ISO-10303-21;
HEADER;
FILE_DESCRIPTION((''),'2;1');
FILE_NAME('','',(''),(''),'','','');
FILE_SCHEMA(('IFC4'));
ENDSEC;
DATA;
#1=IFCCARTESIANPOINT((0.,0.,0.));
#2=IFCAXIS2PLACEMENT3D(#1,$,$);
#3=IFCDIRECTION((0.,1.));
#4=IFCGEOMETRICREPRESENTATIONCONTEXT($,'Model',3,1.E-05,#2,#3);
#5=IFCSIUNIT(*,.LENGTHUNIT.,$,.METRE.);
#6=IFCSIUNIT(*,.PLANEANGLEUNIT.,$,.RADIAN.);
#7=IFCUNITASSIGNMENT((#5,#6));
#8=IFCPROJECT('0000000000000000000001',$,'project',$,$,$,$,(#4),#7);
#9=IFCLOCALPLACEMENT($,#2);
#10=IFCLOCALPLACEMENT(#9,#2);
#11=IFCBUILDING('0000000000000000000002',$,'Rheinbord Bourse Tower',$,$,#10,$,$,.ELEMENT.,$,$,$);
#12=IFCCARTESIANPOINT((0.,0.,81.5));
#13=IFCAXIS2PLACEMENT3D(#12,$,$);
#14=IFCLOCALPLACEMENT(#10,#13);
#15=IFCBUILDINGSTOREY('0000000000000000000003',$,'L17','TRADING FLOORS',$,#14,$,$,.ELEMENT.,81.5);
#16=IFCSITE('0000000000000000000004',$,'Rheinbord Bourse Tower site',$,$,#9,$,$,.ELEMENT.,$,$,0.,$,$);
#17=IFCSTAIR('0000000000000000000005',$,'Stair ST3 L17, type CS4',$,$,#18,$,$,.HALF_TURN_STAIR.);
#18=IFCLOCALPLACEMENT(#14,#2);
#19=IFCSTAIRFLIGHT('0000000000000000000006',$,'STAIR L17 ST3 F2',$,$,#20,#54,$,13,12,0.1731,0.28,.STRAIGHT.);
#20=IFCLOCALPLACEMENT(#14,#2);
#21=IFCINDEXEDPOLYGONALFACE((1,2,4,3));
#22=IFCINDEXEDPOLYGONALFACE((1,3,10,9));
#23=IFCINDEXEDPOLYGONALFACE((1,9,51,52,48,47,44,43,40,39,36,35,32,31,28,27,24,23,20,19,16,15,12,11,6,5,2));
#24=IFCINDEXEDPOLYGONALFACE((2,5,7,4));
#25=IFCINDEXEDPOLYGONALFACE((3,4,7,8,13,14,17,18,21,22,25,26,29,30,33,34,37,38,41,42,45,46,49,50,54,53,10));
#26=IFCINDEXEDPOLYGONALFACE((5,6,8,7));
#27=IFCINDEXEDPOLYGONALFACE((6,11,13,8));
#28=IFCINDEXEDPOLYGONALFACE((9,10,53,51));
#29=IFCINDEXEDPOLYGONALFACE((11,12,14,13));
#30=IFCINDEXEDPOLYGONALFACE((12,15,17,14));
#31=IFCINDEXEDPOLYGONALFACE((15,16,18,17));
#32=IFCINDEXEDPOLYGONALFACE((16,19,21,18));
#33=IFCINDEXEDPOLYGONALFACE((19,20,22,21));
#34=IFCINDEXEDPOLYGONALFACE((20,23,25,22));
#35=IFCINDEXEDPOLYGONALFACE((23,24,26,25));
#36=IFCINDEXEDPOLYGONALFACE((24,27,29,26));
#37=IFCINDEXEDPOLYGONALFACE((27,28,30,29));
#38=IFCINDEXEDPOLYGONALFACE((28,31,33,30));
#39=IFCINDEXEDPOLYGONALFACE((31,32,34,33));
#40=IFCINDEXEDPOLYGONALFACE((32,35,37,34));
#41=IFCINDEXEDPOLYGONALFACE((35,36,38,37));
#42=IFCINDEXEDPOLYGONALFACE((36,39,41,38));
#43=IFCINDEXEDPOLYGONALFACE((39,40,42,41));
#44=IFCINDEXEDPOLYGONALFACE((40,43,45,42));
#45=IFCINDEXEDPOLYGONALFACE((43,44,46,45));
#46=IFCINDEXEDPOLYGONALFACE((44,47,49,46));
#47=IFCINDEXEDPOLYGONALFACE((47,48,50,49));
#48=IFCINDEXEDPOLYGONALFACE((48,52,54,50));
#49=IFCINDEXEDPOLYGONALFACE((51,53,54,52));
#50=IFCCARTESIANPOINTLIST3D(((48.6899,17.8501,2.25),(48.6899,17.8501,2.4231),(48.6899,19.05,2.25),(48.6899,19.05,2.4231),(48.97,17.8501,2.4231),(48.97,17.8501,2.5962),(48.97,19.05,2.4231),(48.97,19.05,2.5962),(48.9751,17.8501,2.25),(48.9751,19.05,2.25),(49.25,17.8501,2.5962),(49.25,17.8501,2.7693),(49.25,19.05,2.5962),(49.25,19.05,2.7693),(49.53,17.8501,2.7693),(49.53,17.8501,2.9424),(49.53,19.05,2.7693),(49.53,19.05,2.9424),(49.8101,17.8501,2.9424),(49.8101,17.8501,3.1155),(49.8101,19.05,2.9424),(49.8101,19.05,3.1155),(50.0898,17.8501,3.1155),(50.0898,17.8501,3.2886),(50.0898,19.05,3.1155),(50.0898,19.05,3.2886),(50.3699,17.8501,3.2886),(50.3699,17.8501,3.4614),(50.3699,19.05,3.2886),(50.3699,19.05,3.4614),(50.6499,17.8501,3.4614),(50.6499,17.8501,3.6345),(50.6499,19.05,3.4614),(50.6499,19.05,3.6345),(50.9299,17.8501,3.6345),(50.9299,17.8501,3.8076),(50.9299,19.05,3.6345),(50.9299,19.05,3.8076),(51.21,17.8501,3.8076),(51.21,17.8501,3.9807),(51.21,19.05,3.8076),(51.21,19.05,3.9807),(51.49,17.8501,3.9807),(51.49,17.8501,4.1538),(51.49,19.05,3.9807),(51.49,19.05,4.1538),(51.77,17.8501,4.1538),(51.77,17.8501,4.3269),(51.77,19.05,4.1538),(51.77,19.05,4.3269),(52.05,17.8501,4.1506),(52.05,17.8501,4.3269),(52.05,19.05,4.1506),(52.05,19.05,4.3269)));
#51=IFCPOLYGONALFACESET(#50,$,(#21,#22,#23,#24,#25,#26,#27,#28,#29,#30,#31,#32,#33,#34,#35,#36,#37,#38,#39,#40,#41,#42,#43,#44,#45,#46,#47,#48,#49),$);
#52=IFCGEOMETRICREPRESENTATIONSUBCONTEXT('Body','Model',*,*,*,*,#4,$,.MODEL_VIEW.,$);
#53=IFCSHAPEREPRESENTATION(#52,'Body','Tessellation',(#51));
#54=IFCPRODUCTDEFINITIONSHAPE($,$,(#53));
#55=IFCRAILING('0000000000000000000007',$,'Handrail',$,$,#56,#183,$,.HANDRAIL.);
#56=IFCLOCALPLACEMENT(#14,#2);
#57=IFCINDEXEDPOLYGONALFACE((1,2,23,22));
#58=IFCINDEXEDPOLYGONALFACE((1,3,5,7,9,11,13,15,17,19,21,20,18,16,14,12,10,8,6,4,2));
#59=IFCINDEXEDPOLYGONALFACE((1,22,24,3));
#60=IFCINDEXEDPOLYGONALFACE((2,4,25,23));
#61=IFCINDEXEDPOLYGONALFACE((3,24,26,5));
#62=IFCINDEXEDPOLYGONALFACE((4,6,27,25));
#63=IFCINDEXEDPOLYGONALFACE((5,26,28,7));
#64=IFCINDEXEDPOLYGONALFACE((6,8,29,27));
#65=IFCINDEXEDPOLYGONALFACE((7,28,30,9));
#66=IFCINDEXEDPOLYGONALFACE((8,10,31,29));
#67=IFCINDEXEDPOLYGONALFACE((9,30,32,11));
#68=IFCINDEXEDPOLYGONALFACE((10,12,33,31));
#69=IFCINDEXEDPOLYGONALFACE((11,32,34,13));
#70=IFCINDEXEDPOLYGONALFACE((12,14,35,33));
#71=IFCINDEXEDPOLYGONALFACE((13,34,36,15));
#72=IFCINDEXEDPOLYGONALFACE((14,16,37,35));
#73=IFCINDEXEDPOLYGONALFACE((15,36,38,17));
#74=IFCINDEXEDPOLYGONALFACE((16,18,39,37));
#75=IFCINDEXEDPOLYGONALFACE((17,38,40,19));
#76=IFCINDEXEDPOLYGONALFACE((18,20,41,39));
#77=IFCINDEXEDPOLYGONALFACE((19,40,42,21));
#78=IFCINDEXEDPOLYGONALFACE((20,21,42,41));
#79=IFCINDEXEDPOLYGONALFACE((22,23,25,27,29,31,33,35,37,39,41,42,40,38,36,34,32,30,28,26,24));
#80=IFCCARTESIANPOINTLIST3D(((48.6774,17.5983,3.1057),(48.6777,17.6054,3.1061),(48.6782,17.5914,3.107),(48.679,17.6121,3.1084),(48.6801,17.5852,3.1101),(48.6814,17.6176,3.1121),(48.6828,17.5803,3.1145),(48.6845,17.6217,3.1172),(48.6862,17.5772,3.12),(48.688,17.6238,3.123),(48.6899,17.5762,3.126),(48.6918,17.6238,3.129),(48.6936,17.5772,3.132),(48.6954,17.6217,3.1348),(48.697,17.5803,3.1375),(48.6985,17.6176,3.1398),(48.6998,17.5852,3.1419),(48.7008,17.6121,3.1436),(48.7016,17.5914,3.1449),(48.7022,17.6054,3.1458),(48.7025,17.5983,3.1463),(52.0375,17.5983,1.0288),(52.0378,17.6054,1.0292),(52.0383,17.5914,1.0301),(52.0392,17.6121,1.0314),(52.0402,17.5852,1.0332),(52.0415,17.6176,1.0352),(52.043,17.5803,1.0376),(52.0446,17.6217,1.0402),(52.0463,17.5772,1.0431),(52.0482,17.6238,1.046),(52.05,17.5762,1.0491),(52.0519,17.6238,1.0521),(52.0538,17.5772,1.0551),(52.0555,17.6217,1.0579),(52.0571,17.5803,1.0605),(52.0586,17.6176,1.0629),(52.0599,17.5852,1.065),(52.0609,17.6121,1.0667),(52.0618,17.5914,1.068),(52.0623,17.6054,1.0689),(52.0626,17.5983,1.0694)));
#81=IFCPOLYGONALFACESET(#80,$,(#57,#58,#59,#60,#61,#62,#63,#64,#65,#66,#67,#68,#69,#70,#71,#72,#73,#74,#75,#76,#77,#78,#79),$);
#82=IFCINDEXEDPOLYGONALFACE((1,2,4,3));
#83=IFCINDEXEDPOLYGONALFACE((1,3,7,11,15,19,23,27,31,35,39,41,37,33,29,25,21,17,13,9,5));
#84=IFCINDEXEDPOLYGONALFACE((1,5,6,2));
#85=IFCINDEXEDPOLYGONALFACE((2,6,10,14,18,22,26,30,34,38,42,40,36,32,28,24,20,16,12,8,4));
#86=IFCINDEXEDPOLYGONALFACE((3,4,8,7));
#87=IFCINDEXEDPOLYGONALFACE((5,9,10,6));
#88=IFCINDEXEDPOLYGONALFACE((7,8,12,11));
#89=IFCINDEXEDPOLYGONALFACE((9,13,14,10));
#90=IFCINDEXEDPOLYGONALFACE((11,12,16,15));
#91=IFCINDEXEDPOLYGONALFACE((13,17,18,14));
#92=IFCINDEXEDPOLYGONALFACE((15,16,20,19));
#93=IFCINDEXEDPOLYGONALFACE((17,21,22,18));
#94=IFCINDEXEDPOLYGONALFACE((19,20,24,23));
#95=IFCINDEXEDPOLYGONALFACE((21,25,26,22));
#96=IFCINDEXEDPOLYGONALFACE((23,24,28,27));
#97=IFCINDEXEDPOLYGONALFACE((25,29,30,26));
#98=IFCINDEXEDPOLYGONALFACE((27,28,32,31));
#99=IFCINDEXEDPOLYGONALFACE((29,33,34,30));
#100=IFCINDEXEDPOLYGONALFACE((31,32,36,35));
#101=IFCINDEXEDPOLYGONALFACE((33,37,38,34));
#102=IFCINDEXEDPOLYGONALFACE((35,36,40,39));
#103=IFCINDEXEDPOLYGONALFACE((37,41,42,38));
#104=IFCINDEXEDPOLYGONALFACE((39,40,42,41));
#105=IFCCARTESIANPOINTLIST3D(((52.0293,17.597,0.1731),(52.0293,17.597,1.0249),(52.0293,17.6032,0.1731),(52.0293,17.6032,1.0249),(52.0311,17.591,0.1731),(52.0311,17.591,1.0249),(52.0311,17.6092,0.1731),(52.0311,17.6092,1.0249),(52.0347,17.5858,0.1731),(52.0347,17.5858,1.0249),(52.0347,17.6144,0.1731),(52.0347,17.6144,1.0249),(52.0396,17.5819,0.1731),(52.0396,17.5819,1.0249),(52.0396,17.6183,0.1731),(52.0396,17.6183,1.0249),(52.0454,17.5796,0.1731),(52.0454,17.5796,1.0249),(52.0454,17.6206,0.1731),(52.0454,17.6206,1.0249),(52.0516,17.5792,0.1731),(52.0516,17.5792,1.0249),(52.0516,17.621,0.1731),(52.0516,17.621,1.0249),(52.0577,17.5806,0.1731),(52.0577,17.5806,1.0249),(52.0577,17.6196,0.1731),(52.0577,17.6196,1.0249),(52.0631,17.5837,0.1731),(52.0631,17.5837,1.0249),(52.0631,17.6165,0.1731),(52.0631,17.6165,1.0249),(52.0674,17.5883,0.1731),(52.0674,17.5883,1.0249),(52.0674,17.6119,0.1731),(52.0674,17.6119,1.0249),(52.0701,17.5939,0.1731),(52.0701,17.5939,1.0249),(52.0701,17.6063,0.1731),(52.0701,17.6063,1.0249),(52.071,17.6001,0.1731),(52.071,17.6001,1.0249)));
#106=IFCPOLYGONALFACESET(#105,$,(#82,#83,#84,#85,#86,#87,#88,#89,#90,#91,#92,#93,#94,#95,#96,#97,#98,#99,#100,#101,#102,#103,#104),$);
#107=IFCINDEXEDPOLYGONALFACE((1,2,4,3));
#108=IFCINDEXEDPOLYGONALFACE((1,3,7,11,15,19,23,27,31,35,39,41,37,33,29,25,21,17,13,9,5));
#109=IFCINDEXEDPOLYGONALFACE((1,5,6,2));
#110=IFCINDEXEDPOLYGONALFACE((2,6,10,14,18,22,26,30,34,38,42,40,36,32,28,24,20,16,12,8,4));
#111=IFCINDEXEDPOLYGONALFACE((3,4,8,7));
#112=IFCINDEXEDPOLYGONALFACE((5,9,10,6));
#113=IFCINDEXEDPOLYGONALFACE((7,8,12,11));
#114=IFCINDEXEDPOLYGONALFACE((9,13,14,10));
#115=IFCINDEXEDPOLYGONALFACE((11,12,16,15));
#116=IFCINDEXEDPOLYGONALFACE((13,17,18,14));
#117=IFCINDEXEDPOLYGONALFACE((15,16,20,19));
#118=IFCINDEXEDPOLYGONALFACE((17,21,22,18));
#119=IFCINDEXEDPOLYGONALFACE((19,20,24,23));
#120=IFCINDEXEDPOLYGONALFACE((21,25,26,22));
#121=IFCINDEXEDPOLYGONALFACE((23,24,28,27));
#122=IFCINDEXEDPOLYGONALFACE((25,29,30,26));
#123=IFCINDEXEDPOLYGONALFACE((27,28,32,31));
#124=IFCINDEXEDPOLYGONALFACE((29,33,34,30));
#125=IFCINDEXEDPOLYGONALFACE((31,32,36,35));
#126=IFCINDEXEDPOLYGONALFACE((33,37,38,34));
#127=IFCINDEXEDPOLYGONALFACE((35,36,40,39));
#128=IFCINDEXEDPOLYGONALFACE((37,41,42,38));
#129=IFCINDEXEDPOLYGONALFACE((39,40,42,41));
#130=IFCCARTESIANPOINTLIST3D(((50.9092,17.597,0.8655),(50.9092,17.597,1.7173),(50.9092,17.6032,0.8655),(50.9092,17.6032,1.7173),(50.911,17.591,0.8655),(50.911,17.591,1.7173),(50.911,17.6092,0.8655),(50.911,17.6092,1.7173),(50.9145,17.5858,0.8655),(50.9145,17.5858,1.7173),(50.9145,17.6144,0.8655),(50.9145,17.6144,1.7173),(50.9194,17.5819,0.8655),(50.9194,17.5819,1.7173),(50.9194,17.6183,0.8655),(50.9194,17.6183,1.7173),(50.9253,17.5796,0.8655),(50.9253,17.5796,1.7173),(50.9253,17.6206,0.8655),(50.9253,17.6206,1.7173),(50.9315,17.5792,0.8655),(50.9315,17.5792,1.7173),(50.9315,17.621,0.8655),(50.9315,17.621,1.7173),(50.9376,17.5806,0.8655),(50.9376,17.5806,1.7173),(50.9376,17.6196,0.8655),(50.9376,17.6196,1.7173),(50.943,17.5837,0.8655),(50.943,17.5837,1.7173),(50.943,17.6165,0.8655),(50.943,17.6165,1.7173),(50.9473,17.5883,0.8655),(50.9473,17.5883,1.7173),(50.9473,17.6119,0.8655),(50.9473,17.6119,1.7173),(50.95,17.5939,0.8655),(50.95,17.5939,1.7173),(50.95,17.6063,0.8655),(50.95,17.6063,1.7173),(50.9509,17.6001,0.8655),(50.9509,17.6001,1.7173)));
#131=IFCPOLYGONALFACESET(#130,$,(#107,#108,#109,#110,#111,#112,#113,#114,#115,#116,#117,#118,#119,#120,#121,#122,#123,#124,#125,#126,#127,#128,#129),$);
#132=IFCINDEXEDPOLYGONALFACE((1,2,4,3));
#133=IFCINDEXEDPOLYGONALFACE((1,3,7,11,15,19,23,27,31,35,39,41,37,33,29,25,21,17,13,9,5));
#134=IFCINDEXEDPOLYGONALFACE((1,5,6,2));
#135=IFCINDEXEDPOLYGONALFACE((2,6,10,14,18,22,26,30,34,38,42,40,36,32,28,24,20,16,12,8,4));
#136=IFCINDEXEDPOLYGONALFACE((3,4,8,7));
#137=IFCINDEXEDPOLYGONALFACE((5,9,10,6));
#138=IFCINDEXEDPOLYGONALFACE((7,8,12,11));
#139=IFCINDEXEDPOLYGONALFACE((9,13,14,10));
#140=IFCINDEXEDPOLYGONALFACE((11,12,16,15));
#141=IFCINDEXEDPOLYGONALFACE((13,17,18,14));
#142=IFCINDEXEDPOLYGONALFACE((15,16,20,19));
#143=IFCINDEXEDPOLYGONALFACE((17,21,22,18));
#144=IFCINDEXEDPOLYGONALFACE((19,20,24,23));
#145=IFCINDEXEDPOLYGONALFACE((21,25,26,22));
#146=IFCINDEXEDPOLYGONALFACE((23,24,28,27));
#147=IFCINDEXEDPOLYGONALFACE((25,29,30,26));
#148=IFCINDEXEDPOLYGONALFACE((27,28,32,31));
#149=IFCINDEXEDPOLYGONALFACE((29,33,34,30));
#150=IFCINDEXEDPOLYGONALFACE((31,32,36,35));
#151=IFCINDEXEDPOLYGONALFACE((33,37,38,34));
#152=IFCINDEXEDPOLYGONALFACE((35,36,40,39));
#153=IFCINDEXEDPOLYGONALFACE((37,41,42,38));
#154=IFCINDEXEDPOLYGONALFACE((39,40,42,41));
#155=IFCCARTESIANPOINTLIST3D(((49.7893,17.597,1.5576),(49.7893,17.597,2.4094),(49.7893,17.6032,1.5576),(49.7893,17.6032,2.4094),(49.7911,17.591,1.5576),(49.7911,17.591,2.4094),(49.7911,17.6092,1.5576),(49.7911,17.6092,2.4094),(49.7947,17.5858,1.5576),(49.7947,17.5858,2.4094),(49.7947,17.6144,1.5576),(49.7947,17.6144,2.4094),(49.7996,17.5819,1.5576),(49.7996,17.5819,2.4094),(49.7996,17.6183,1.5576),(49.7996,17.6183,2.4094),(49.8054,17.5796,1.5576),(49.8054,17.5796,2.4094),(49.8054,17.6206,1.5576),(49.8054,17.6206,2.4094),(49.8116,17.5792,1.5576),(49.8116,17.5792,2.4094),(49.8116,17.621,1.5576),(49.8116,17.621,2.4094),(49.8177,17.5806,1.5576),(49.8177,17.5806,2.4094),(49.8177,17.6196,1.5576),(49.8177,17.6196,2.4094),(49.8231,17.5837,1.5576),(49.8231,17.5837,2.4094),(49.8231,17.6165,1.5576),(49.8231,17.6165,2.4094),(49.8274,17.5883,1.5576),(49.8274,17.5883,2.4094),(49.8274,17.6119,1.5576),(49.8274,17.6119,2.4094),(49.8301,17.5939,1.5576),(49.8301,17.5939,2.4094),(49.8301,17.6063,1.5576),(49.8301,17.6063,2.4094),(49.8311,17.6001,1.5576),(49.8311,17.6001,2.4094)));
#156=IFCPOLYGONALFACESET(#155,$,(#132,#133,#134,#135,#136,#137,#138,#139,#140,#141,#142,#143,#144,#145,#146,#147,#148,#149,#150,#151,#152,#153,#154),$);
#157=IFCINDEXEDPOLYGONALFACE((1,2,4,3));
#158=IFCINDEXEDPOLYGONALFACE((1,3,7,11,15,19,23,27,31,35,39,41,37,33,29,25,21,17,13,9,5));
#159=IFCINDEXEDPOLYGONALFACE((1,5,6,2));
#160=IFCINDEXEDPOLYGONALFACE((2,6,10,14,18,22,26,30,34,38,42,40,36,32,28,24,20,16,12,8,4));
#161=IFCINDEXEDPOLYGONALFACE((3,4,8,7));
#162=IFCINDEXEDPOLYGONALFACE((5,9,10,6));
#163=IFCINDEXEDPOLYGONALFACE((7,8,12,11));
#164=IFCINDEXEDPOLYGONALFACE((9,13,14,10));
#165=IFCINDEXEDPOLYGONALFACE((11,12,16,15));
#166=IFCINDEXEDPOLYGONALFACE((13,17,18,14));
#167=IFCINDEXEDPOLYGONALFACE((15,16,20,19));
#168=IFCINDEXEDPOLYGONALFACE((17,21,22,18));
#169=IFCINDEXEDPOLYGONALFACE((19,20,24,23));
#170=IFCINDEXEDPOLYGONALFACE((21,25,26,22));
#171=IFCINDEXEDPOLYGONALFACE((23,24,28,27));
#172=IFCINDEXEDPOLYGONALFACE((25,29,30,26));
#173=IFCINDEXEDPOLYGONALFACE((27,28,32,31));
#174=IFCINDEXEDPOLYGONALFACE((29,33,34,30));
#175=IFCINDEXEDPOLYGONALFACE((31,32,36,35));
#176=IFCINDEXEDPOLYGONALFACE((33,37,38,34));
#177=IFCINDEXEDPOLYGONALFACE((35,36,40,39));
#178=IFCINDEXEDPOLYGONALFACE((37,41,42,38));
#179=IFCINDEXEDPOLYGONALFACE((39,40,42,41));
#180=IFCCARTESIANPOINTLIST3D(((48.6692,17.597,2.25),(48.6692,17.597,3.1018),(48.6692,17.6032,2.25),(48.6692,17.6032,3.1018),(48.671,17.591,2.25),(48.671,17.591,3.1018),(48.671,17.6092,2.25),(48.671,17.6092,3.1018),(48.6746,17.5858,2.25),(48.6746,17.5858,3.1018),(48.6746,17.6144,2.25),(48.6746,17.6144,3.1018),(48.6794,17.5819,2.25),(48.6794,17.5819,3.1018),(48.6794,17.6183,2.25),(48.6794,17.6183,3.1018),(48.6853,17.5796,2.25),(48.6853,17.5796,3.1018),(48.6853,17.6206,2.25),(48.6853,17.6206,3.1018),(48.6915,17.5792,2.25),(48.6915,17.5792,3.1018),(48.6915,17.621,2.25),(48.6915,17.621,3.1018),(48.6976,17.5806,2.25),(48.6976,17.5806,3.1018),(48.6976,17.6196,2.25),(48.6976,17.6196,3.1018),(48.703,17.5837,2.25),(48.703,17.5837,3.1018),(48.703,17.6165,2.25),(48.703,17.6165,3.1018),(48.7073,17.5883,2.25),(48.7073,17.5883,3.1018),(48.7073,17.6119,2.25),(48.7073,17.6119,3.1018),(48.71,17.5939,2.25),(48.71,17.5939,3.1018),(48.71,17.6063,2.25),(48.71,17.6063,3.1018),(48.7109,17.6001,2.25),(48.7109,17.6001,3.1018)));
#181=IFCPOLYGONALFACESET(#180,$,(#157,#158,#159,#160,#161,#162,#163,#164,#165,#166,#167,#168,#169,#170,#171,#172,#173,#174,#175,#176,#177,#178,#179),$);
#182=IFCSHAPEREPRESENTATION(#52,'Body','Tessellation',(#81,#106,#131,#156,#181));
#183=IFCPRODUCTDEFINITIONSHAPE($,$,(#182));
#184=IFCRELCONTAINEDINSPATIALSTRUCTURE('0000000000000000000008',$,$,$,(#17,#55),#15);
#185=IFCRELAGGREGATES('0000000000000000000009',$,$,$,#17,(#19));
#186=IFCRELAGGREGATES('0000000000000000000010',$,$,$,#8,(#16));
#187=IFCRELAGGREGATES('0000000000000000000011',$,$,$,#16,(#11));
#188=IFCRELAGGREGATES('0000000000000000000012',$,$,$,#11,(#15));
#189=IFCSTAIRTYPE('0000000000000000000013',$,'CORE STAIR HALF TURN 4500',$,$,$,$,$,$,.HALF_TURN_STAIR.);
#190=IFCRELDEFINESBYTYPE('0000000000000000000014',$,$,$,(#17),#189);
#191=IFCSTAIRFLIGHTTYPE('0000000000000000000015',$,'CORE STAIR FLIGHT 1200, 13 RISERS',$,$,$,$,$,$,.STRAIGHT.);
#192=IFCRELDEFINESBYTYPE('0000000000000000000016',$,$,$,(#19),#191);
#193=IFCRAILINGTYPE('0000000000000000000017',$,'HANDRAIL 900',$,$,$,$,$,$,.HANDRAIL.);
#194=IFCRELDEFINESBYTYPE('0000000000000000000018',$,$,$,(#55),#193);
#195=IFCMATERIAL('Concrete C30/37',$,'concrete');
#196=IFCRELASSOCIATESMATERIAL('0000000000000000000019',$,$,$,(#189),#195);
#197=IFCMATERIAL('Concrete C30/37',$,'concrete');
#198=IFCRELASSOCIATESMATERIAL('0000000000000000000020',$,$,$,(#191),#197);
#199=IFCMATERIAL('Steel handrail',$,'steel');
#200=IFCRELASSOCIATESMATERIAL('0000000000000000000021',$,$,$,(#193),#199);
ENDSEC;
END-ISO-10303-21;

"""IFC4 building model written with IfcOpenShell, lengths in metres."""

from ifc_helpers import new_model, si_unit, direction, frame, origin, origin_2d, place, context, subcontext, project, spatial, polyline, circle, outline, extrude, material, type_object, element, aggregate, save


model = new_model("IFC4")

# Units and contexts
model_context = context("Model", 3, precision=1e-05, world=origin(), true_north=direction((0.0, 1.0)))
body_context = subcontext(model_context, "Body", "Model", "MODEL_VIEW")
ifc_project = project(units=[si_unit("LENGTHUNIT", "METRE"), si_unit("PLANEANGLEUNIT", "RADIAN")], contexts=[model_context])

# Site, building, storey
site_placement = place(None, origin())
site = spatial("IfcSite", under=ifc_project, at=site_placement, Name="Rheinbord Bourse Tower site", CompositionType="ELEMENT", RefElevation=0.0)
building_placement = place(site_placement, origin())
building = spatial("IfcBuilding", under=site, at=building_placement, Name="Rheinbord Bourse Tower", CompositionType="ELEMENT")
storey_placement = place(building_placement, frame((0.0, 0.0, 81.5)))
storey = spatial("IfcBuildingStorey", under=building, at=storey_placement, Name="L17", Description="TRADING FLOORS", CompositionType="ELEMENT", Elevation=81.5)

# Stair, stair flight
ifc_material_1 = material(Name="Concrete C30/37", Category="concrete")
stair_type = type_object("IfcStairType", Name="CORE STAIR HALF TURN 4500", PredefinedType="HALF_TURN_STAIR", material=ifc_material_1)
stair_placement = place(storey_placement, origin())
stair = element("IfcStair", 1, at=stair_placement, inside=storey, type_object=stair_type, Name="Stair ST3 L17, type CS4", PredefinedType="HALF_TURN_STAIR")
ifc_material_2 = material(Name="Concrete C30/37", Category="concrete")
stair_flight_type = type_object("IfcStairFlightType", Name="CORE STAIR FLIGHT 1200, 13 RISERS", PredefinedType="STRAIGHT", material=ifc_material_2)
stair_flight_1_placement = place(storey_placement, frame((48.6899, 18.45, 2.25), z_axis=(0.0, 0.0, 1.0), x_axis=(1.0, 0.0, 0.0)))
stair_flight_1 = element("IfcStairFlight", 2, at=stair_flight_1_placement, type_object=stair_flight_type, Name="STAIR L17 ST3 F2", NumberOfRisers=13, NumberOfTreads=12, PredefinedType="STRAIGHT", RiserHeight=0.1731, TreadLength=0.28, context=body_context, shape_type="SweptSolid", body=[
    extrude(outline(polyline([(0.0, 0.0), (0.0, 0.1731), (0.28, 0.1731), (0.28, 0.3462), (0.5601, 0.3462), (0.5601, 0.5193), (0.8401, 0.5193), (0.8401, 0.6924), (1.1201, 0.6924), (1.1201, 0.8655), (1.3999, 0.8655), (1.3999, 1.0386), (1.6799, 1.0386), (1.6799, 1.2114), (1.96, 1.2114), (1.96, 1.3845), (2.24, 1.3845), (2.24, 1.5576), (2.52, 1.5576), (2.52, 1.7307), (2.8, 1.7307), (2.8, 1.9038), (3.0801, 1.9038), (3.0801, 2.0769), (3.3601, 2.0769), (3.3601, 2.25), (3.3601, 1.9006), (0.2852, 0.0), (0.0, 0.0)])), frame((0.0, 0.6001, 0.0), z_axis=(0.0, -1.0, 0.0), x_axis=(1.0, 0.0, 0.0)), (0.0, 0.0, 1.0), 1.2),
])
aggregate(stair, [stair_flight_1])

# Railing
ifc_material_3 = material(Name="Steel handrail", Category="steel")
railing_type = type_object("IfcRailingType", Name="HANDRAIL 900", PredefinedType="HANDRAIL", material=ifc_material_3)
railing_1_placement = place(storey_placement, frame((52.05, 17.6001, 0.1731)))
element("IfcRailing", 3, at=railing_1_placement, inside=storey, type_object=railing_type, Name="Handrail", PredefinedType="HANDRAIL", context=body_context, shape_type="SweptSolid", body=[
    extrude(circle(Radius=0.0239, at=origin_2d()), frame((0.0, 0.0, 0.876), z_axis=(-0.850623, 0.0, 0.525776), x_axis=(0.0, -1.0, 0.0)), (0.0, 0.0, 1.0), 3.9502),
    extrude(circle(Radius=0.021, at=origin_2d()), origin(), (0.0, 0.0, 1.0), 0.8518),
    extrude(circle(Radius=0.021, at=origin_2d()), frame((-1.1201, 0.0, 0.6924)), (0.0, 0.0, 1.0), 0.8518),
    extrude(circle(Radius=0.021, at=origin_2d()), frame((-2.24, 0.0, 1.3845)), (0.0, 0.0, 1.0), 0.8518),
    extrude(circle(Radius=0.021, at=origin_2d()), frame((-3.3601, 0.0, 2.0769)), (0.0, 0.0, 1.0), 0.8518),
])

save(model, "model.ifc")
